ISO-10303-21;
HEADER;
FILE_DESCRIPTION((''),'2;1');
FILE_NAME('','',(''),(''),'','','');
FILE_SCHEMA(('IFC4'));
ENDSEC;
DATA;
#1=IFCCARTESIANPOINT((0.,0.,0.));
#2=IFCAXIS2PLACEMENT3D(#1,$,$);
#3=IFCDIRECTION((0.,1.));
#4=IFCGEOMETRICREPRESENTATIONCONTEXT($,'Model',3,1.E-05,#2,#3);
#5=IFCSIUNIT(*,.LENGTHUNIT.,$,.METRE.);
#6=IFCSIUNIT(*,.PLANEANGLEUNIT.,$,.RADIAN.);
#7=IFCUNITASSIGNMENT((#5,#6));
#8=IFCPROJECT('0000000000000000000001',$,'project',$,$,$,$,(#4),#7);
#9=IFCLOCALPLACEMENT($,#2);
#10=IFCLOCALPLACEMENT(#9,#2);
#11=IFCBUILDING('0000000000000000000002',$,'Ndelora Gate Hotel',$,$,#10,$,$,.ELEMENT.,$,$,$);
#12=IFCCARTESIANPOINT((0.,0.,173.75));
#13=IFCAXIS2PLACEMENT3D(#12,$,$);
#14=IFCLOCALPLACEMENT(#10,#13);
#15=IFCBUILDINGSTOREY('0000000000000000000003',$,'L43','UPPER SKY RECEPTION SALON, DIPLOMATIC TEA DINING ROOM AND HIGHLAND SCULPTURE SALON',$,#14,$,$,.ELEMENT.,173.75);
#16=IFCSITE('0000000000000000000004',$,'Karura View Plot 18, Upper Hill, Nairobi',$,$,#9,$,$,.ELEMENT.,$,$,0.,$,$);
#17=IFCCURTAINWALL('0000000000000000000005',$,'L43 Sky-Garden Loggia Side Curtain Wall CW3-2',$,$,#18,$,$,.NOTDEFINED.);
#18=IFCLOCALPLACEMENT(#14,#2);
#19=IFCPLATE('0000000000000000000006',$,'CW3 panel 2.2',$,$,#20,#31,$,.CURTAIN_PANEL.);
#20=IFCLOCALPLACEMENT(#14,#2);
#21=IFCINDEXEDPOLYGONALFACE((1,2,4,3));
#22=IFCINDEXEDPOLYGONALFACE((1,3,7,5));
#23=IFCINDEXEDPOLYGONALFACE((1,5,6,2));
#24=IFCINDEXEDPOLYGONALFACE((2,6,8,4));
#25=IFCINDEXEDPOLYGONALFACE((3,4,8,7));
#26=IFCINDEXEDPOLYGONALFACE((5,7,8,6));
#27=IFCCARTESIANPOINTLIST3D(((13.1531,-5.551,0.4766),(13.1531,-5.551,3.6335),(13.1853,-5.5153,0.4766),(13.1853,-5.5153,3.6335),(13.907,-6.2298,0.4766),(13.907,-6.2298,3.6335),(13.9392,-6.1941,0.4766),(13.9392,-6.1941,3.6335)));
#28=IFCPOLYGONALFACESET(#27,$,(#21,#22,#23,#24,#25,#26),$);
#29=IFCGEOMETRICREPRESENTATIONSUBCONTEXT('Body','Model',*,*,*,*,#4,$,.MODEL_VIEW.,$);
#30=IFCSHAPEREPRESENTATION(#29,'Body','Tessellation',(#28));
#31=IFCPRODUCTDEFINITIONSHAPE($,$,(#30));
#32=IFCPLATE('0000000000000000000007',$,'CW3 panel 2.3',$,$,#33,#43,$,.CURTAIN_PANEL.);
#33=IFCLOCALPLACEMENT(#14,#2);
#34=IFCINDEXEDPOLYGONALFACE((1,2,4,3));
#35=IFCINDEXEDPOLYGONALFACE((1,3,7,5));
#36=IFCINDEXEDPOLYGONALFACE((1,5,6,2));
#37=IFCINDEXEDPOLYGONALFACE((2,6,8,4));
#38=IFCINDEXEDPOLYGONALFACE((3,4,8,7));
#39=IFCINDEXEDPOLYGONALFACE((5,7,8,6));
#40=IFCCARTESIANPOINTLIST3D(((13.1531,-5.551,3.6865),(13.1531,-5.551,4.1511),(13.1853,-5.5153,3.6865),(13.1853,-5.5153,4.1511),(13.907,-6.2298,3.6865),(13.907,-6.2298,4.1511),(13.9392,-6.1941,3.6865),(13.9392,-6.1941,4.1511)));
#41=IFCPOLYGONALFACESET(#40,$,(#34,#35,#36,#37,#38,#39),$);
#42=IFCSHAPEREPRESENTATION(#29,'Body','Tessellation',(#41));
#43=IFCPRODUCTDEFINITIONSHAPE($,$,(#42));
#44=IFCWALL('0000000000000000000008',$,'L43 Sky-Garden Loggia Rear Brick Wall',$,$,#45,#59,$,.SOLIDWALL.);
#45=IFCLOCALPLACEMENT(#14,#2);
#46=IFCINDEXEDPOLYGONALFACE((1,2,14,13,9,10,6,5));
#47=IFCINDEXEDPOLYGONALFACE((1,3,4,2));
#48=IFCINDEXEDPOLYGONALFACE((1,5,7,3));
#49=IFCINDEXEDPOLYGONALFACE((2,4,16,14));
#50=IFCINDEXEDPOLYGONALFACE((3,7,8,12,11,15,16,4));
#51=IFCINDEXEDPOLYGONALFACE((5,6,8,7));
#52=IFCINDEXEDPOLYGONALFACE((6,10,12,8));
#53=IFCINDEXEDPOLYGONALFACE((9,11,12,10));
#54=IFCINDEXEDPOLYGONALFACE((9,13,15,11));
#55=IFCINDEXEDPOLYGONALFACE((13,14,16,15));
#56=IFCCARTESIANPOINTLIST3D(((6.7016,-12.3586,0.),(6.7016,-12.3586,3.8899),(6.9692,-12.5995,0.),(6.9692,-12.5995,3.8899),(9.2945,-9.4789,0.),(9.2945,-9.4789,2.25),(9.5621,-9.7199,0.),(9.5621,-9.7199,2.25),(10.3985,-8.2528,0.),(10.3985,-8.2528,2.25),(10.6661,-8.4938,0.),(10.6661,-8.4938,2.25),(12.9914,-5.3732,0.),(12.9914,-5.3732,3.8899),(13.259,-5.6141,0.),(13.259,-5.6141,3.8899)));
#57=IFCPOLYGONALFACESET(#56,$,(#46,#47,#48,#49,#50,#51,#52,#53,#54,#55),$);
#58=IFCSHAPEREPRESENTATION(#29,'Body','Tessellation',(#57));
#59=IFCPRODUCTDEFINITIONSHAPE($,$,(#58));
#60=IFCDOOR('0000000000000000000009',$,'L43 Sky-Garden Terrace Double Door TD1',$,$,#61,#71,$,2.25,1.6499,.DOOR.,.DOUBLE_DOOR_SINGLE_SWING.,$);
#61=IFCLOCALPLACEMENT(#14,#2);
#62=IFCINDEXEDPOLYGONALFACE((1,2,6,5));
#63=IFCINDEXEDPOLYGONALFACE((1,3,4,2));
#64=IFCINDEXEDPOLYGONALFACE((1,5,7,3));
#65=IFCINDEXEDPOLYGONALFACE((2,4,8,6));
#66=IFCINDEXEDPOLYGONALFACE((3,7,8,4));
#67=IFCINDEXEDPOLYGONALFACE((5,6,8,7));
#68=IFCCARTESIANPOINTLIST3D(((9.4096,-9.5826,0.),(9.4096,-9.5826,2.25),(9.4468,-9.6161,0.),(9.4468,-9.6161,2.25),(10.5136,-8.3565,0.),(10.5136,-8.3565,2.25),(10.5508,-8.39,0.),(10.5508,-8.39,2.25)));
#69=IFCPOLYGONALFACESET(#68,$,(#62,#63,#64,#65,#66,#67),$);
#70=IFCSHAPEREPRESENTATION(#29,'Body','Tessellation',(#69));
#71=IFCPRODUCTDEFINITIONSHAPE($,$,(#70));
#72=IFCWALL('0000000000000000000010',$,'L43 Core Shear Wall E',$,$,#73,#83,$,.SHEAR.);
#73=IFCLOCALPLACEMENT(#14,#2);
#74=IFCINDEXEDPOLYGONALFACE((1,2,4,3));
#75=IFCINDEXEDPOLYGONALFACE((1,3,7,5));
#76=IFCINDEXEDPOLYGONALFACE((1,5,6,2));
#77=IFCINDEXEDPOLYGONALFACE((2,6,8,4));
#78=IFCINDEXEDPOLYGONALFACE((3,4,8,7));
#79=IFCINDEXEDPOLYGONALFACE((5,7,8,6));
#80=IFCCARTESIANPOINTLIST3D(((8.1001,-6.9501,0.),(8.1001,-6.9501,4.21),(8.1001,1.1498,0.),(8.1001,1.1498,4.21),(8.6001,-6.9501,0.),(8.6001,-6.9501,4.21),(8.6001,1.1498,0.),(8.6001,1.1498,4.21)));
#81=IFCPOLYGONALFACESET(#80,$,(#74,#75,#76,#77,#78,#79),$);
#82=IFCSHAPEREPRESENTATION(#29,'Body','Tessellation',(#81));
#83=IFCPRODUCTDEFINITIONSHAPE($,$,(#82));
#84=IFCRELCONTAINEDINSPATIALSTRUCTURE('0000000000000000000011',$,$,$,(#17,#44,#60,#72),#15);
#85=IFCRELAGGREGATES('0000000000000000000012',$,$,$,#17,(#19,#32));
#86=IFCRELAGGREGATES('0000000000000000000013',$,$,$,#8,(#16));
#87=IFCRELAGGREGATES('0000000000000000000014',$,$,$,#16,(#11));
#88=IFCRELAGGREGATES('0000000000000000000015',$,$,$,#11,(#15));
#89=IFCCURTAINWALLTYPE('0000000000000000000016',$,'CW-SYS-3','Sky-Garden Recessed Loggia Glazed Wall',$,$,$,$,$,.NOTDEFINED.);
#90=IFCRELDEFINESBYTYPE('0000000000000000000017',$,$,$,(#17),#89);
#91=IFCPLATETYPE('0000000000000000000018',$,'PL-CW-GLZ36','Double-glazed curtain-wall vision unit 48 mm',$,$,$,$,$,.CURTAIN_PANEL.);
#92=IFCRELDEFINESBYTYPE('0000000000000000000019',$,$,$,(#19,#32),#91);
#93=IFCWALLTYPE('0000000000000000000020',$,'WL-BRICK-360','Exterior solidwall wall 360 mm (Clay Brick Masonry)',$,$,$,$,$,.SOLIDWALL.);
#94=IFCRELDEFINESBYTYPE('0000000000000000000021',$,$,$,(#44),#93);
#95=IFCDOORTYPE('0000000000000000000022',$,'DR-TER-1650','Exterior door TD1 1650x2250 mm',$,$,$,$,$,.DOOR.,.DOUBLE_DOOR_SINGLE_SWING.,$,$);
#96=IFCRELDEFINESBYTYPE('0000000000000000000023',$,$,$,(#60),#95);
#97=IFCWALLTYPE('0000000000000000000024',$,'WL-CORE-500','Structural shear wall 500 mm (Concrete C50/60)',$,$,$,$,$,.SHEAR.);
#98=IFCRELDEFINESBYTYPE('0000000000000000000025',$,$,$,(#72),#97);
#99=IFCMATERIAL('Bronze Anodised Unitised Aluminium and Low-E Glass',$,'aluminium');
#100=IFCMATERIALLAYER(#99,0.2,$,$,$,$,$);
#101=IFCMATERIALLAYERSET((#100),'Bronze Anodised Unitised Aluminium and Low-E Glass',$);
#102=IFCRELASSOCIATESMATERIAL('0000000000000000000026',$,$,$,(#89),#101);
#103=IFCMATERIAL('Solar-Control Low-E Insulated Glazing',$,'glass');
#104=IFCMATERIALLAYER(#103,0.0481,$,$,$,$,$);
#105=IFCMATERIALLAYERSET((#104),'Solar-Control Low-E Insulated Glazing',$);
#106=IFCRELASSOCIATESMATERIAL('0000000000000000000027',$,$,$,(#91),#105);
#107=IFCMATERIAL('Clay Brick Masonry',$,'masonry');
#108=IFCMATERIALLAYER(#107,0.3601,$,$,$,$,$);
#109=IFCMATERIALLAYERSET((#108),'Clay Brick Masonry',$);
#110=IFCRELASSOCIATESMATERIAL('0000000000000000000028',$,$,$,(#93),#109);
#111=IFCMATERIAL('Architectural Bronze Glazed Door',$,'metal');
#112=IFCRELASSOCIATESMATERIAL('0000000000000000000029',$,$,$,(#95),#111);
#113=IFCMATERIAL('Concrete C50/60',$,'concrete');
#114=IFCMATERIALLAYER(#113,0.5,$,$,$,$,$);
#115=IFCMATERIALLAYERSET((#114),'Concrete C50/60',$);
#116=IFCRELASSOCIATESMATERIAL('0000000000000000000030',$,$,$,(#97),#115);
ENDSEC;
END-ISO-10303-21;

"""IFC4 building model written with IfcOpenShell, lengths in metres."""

from ifc_helpers import new_model, si_unit, direction, frame, frame_2d, origin, origin_2d, place, context, subcontext, project, spatial, rectangle, extrude, material, layer, layer_set, type_object, element, fill, aggregate, save


model = new_model("IFC4")

# Units and contexts
model_context = context("Model", 3, precision=1e-05, world=origin(), true_north=direction((0.0, 1.0)))
body_context = subcontext(model_context, "Body", "Model", "MODEL_VIEW")
ifc_project = project(units=[si_unit("LENGTHUNIT", "METRE"), si_unit("PLANEANGLEUNIT", "RADIAN")], contexts=[model_context])

# Site, building, storey
site_placement = place(None, origin())
site = spatial("IfcSite", under=ifc_project, at=site_placement, Name="Karura View Plot 18, Upper Hill, Nairobi", CompositionType="ELEMENT", RefElevation=0.0)
building_placement = place(site_placement, origin())
building = spatial("IfcBuilding", under=site, at=building_placement, Name="Ndelora Gate Hotel", CompositionType="ELEMENT")
storey_placement = place(building_placement, frame((0.0, 0.0, 173.75)))
storey = spatial("IfcBuildingStorey", under=building, at=storey_placement, Name="L43", Description="UPPER SKY RECEPTION SALON, DIPLOMATIC TEA DINING ROOM AND HIGHLAND SCULPTURE SALON", CompositionType="ELEMENT", Elevation=173.75)

# Curtain wall, plates
ifc_material_1 = material(Name="Bronze Anodised Unitised Aluminium and Low-E Glass", Category="aluminium")
ifc_layer_1 = layer(ifc_material_1, 0.2)
ifc_layer_set_1 = layer_set([ifc_layer_1], Name="Bronze Anodised Unitised Aluminium and Low-E Glass")
curtain_wall_type = type_object("IfcCurtainWallType", Name="CW-SYS-3", Description="Sky-Garden Recessed Loggia Glazed Wall", PredefinedType="NOTDEFINED", material=ifc_layer_set_1)
curtain_wall_placement = place(storey_placement, origin())
curtain_wall = element("IfcCurtainWall", 1, at=curtain_wall_placement, inside=storey, type_object=curtain_wall_type, Name="L43 Sky-Garden Loggia Side Curtain Wall CW3-2", PredefinedType="NOTDEFINED")
ifc_material_2 = material(Name="Solar-Control Low-E Insulated Glazing", Category="glass")
ifc_layer_2 = layer(ifc_material_2, 0.0481)
ifc_layer_set_2 = layer_set([ifc_layer_2], Name="Solar-Control Low-E Insulated Glazing")
plate_type = type_object("IfcPlateType", Name="PL-CW-GLZ36", Description="Double-glazed curtain-wall vision unit 48 mm", PredefinedType="CURTAIN_PANEL", material=ifc_layer_set_2)
plate_1_placement = place(storey_placement, frame((13.5461, -5.8726, 0.4766), z_axis=(0.0, 0.0, 1.0), x_axis=(-0.743138, 0.669138, 0.0)))
plate_1 = element("IfcPlate", 2, at=plate_1_placement, type_object=plate_type, Name="CW3 panel 2.2", PredefinedType="CURTAIN_PANEL", context=body_context, shape_type="SweptSolid", body=[
    extrude(rectangle(XDim=1.0144, YDim=0.0481, at=origin_2d()), origin(), (0.0, 0.0, 1.0), 3.157),
])
plate_2_placement = place(storey_placement, frame((13.5461, -5.8726, 3.6865), z_axis=(0.0, 0.0, 1.0), x_axis=(-0.743138, 0.669138, 0.0)))
plate_2 = element("IfcPlate", 3, at=plate_2_placement, type_object=plate_type, Name="CW3 panel 2.3", PredefinedType="CURTAIN_PANEL", context=body_context, shape_type="SweptSolid", body=[
    extrude(rectangle(XDim=1.0144, YDim=0.0481, at=origin_2d()), origin(), (0.0, 0.0, 1.0), 0.4646),
])
aggregate(curtain_wall, [plate_1, plate_2])

# Wall, opening, door
ifc_material_3 = material(Name="Clay Brick Masonry", Category="masonry")
ifc_layer_3 = layer(ifc_material_3, 0.3601)
ifc_layer_set_3 = layer_set([ifc_layer_3], Name="Clay Brick Masonry")
wall_type_1 = type_object("IfcWallType", Name="WL-BRICK-360", Description="Exterior solidwall wall 360 mm (Clay Brick Masonry)", PredefinedType="SOLIDWALL", material=ifc_layer_set_3)
wall_1_placement = place(storey_placement, frame((13.1252, -5.4937, 0.0), z_axis=(0.0, 0.0, 1.0), x_axis=(-0.66914, -0.743137, 0.0)))
wall_1 = element("IfcWall", 4, at=wall_1_placement, inside=storey, type_object=wall_type_1, Name="L43 Sky-Garden Loggia Rear Brick Wall", PredefinedType="SOLIDWALL", context=body_context, shape_type="SweptSolid", body=[
    extrude(rectangle(XDim=9.3999, YDim=0.3601, at=frame_2d((4.7, 0.0))), origin(), (0.0, 0.0, 1.0), 3.8899),
])
opening_placement = place(wall_1_placement, frame((3.875, 0.0, 0.0)))
opening = element("IfcOpeningElement", 5, at=opening_placement, cuts=wall_1, PredefinedType="OPENING", context=body_context, shape_type="SweptSolid", body=[
    extrude(rectangle(XDim=1.6499, YDim=2.25, at=frame_2d((0.825, 1.125))), frame((0.0, 0.1899, 0.0), z_axis=(0.0, -1.0, 0.0), x_axis=(1.0, 0.0, 0.0)), (0.0, 0.0, 1.0), 0.3801),
])
ifc_material_4 = material(Name="Architectural Bronze Glazed Door", Category="metal")
door_type = type_object("IfcDoorType", Name="DR-TER-1650", Description="Exterior door TD1 1650x2250 mm", OperationType="DOUBLE_DOOR_SINGLE_SWING", PredefinedType="DOOR", material=ifc_material_4)
door_placement = place(opening_placement, origin())
door = element("IfcDoor", 6, at=door_placement, inside=storey, type_object=door_type, Name="L43 Sky-Garden Terrace Double Door TD1", OperationType="DOUBLE_DOOR_SINGLE_SWING", OverallHeight=2.25, OverallWidth=1.6499, PredefinedType="DOOR", context=body_context, shape_type="SweptSolid", body=[
    extrude(rectangle(XDim=1.6499, YDim=2.25, at=frame_2d((0.825, 1.125))), frame((0.0, 0.0249, 0.0), z_axis=(0.0, -1.0, 0.0), x_axis=(1.0, 0.0, 0.0)), (0.0, 0.0, 1.0), 0.05),
])
fill(opening, door)

# Wall
ifc_material_5 = material(Name="Concrete C50/60", Category="concrete")
ifc_layer_4 = layer(ifc_material_5, 0.5)
ifc_layer_set_4 = layer_set([ifc_layer_4], Name="Concrete C50/60")
wall_type_2 = type_object("IfcWallType", Name="WL-CORE-500", Description="Structural shear wall 500 mm (Concrete C50/60)", PredefinedType="SHEAR", material=ifc_layer_set_4)
wall_2_placement = place(storey_placement, frame((8.3501, -6.95, 0.0), z_axis=(0.0, 0.0, 1.0), x_axis=(0.0, 1.0, 0.0)))
element("IfcWall", 7, at=wall_2_placement, inside=storey, type_object=wall_type_2, Name="L43 Core Shear Wall E", PredefinedType="SHEAR", context=body_context, shape_type="SweptSolid", body=[
    extrude(rectangle(XDim=8.0999, YDim=0.5, at=frame_2d((4.0498, 0.0))), origin(), (0.0, 0.0, 1.0), 4.21),
])

save(model, "model.ifc")
